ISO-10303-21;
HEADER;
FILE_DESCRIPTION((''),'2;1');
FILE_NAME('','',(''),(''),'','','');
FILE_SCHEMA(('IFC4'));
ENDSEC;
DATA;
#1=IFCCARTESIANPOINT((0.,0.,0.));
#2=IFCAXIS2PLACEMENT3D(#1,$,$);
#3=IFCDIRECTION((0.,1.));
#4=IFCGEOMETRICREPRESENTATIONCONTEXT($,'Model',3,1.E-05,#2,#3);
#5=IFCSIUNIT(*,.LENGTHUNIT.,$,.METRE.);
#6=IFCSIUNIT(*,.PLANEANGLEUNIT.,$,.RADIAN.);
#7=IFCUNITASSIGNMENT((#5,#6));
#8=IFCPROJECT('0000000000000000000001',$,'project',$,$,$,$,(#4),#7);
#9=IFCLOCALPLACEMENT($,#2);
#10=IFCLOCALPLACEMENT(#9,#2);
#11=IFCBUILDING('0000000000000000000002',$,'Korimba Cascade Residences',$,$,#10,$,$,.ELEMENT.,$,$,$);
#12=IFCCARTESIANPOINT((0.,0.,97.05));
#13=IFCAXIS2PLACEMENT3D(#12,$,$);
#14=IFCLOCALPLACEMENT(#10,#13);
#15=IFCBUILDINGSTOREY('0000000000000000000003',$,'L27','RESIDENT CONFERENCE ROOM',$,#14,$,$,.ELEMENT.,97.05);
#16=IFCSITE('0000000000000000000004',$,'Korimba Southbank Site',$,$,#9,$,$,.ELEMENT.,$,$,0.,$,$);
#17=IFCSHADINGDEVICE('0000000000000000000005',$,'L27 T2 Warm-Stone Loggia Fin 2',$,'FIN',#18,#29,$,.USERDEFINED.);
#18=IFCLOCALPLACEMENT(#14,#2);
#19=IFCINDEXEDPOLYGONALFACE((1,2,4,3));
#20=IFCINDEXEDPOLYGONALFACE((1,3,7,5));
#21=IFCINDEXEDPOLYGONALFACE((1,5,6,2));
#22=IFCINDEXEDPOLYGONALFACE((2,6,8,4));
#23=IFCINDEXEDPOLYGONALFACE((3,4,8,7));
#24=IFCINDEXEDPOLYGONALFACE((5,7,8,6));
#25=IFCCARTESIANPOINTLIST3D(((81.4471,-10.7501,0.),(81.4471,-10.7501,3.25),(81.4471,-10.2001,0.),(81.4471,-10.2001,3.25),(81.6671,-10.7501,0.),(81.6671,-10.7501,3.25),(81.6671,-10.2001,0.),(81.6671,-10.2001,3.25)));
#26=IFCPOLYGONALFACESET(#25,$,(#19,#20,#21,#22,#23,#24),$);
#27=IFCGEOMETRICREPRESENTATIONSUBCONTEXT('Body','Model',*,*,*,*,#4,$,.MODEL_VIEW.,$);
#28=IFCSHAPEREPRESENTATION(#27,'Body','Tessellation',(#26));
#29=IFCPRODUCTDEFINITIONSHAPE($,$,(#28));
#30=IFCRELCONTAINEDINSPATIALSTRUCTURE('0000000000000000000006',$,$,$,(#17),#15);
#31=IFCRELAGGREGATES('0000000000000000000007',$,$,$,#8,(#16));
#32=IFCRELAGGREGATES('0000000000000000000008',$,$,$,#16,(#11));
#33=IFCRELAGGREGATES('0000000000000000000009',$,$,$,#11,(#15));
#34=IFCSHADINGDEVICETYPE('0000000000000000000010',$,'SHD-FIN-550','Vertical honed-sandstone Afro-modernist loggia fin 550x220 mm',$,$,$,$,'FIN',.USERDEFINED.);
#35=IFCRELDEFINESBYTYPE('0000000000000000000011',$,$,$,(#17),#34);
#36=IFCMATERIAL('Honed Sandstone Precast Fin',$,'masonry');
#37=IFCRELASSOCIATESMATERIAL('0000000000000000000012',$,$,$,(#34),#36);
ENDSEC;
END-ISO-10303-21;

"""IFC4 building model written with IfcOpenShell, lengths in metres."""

from ifc_helpers import new_model, si_unit, direction, frame, origin, origin_2d, place, context, subcontext, project, spatial, rectangle, extrude, material, type_object, element, save


model = new_model("IFC4")

# Units and contexts
model_context = context("Model", 3, precision=1e-05, world=origin(), true_north=direction((0.0, 1.0)))
body_context = subcontext(model_context, "Body", "Model", "MODEL_VIEW")
ifc_project = project(units=[si_unit("LENGTHUNIT", "METRE"), si_unit("PLANEANGLEUNIT", "RADIAN")], contexts=[model_context])

# Site, building, storey
site_placement = place(None, origin())
site = spatial("IfcSite", under=ifc_project, at=site_placement, Name="Korimba Southbank Site", CompositionType="ELEMENT", RefElevation=0.0)
building_placement = place(site_placement, origin())
building = spatial("IfcBuilding", under=site, at=building_placement, Name="Korimba Cascade Residences", CompositionType="ELEMENT")
storey_placement = place(building_placement, frame((0.0, 0.0, 97.05)))
storey = spatial("IfcBuildingStorey", under=building, at=storey_placement, Name="L27", Description="RESIDENT CONFERENCE ROOM", CompositionType="ELEMENT", Elevation=97.05)

# Shading device
ifc_material_1 = material(Name="Honed Sandstone Precast Fin", Category="masonry")
shading_device_type = type_object("IfcShadingDeviceType", Name="SHD-FIN-550", Description="Vertical honed-sandstone Afro-modernist loggia fin 550x220 mm", ElementType="FIN", PredefinedType="USERDEFINED", material=ifc_material_1)
for number, where, z_axis, x_axis, name in (
    (1, (81.5571, -10.4751, 0.0), (0.0, 0.0, 1.0), (1.0, 0.0, 0.0), "L27 T2 Warm-Stone Loggia Fin 2"),
):
    element("IfcShadingDevice", number, at=place(storey_placement, frame(where, z_axis=z_axis, x_axis=x_axis)), inside=storey, type_object=shading_device_type, Name=name, ObjectType="FIN", PredefinedType="USERDEFINED", context=body_context, shape_type="SweptSolid", body=[
        extrude(rectangle(XDim=0.22, YDim=0.55, at=origin_2d()), origin(), (0.0, 0.0, 1.0), 3.25),
    ])

save(model, "model.ifc")
